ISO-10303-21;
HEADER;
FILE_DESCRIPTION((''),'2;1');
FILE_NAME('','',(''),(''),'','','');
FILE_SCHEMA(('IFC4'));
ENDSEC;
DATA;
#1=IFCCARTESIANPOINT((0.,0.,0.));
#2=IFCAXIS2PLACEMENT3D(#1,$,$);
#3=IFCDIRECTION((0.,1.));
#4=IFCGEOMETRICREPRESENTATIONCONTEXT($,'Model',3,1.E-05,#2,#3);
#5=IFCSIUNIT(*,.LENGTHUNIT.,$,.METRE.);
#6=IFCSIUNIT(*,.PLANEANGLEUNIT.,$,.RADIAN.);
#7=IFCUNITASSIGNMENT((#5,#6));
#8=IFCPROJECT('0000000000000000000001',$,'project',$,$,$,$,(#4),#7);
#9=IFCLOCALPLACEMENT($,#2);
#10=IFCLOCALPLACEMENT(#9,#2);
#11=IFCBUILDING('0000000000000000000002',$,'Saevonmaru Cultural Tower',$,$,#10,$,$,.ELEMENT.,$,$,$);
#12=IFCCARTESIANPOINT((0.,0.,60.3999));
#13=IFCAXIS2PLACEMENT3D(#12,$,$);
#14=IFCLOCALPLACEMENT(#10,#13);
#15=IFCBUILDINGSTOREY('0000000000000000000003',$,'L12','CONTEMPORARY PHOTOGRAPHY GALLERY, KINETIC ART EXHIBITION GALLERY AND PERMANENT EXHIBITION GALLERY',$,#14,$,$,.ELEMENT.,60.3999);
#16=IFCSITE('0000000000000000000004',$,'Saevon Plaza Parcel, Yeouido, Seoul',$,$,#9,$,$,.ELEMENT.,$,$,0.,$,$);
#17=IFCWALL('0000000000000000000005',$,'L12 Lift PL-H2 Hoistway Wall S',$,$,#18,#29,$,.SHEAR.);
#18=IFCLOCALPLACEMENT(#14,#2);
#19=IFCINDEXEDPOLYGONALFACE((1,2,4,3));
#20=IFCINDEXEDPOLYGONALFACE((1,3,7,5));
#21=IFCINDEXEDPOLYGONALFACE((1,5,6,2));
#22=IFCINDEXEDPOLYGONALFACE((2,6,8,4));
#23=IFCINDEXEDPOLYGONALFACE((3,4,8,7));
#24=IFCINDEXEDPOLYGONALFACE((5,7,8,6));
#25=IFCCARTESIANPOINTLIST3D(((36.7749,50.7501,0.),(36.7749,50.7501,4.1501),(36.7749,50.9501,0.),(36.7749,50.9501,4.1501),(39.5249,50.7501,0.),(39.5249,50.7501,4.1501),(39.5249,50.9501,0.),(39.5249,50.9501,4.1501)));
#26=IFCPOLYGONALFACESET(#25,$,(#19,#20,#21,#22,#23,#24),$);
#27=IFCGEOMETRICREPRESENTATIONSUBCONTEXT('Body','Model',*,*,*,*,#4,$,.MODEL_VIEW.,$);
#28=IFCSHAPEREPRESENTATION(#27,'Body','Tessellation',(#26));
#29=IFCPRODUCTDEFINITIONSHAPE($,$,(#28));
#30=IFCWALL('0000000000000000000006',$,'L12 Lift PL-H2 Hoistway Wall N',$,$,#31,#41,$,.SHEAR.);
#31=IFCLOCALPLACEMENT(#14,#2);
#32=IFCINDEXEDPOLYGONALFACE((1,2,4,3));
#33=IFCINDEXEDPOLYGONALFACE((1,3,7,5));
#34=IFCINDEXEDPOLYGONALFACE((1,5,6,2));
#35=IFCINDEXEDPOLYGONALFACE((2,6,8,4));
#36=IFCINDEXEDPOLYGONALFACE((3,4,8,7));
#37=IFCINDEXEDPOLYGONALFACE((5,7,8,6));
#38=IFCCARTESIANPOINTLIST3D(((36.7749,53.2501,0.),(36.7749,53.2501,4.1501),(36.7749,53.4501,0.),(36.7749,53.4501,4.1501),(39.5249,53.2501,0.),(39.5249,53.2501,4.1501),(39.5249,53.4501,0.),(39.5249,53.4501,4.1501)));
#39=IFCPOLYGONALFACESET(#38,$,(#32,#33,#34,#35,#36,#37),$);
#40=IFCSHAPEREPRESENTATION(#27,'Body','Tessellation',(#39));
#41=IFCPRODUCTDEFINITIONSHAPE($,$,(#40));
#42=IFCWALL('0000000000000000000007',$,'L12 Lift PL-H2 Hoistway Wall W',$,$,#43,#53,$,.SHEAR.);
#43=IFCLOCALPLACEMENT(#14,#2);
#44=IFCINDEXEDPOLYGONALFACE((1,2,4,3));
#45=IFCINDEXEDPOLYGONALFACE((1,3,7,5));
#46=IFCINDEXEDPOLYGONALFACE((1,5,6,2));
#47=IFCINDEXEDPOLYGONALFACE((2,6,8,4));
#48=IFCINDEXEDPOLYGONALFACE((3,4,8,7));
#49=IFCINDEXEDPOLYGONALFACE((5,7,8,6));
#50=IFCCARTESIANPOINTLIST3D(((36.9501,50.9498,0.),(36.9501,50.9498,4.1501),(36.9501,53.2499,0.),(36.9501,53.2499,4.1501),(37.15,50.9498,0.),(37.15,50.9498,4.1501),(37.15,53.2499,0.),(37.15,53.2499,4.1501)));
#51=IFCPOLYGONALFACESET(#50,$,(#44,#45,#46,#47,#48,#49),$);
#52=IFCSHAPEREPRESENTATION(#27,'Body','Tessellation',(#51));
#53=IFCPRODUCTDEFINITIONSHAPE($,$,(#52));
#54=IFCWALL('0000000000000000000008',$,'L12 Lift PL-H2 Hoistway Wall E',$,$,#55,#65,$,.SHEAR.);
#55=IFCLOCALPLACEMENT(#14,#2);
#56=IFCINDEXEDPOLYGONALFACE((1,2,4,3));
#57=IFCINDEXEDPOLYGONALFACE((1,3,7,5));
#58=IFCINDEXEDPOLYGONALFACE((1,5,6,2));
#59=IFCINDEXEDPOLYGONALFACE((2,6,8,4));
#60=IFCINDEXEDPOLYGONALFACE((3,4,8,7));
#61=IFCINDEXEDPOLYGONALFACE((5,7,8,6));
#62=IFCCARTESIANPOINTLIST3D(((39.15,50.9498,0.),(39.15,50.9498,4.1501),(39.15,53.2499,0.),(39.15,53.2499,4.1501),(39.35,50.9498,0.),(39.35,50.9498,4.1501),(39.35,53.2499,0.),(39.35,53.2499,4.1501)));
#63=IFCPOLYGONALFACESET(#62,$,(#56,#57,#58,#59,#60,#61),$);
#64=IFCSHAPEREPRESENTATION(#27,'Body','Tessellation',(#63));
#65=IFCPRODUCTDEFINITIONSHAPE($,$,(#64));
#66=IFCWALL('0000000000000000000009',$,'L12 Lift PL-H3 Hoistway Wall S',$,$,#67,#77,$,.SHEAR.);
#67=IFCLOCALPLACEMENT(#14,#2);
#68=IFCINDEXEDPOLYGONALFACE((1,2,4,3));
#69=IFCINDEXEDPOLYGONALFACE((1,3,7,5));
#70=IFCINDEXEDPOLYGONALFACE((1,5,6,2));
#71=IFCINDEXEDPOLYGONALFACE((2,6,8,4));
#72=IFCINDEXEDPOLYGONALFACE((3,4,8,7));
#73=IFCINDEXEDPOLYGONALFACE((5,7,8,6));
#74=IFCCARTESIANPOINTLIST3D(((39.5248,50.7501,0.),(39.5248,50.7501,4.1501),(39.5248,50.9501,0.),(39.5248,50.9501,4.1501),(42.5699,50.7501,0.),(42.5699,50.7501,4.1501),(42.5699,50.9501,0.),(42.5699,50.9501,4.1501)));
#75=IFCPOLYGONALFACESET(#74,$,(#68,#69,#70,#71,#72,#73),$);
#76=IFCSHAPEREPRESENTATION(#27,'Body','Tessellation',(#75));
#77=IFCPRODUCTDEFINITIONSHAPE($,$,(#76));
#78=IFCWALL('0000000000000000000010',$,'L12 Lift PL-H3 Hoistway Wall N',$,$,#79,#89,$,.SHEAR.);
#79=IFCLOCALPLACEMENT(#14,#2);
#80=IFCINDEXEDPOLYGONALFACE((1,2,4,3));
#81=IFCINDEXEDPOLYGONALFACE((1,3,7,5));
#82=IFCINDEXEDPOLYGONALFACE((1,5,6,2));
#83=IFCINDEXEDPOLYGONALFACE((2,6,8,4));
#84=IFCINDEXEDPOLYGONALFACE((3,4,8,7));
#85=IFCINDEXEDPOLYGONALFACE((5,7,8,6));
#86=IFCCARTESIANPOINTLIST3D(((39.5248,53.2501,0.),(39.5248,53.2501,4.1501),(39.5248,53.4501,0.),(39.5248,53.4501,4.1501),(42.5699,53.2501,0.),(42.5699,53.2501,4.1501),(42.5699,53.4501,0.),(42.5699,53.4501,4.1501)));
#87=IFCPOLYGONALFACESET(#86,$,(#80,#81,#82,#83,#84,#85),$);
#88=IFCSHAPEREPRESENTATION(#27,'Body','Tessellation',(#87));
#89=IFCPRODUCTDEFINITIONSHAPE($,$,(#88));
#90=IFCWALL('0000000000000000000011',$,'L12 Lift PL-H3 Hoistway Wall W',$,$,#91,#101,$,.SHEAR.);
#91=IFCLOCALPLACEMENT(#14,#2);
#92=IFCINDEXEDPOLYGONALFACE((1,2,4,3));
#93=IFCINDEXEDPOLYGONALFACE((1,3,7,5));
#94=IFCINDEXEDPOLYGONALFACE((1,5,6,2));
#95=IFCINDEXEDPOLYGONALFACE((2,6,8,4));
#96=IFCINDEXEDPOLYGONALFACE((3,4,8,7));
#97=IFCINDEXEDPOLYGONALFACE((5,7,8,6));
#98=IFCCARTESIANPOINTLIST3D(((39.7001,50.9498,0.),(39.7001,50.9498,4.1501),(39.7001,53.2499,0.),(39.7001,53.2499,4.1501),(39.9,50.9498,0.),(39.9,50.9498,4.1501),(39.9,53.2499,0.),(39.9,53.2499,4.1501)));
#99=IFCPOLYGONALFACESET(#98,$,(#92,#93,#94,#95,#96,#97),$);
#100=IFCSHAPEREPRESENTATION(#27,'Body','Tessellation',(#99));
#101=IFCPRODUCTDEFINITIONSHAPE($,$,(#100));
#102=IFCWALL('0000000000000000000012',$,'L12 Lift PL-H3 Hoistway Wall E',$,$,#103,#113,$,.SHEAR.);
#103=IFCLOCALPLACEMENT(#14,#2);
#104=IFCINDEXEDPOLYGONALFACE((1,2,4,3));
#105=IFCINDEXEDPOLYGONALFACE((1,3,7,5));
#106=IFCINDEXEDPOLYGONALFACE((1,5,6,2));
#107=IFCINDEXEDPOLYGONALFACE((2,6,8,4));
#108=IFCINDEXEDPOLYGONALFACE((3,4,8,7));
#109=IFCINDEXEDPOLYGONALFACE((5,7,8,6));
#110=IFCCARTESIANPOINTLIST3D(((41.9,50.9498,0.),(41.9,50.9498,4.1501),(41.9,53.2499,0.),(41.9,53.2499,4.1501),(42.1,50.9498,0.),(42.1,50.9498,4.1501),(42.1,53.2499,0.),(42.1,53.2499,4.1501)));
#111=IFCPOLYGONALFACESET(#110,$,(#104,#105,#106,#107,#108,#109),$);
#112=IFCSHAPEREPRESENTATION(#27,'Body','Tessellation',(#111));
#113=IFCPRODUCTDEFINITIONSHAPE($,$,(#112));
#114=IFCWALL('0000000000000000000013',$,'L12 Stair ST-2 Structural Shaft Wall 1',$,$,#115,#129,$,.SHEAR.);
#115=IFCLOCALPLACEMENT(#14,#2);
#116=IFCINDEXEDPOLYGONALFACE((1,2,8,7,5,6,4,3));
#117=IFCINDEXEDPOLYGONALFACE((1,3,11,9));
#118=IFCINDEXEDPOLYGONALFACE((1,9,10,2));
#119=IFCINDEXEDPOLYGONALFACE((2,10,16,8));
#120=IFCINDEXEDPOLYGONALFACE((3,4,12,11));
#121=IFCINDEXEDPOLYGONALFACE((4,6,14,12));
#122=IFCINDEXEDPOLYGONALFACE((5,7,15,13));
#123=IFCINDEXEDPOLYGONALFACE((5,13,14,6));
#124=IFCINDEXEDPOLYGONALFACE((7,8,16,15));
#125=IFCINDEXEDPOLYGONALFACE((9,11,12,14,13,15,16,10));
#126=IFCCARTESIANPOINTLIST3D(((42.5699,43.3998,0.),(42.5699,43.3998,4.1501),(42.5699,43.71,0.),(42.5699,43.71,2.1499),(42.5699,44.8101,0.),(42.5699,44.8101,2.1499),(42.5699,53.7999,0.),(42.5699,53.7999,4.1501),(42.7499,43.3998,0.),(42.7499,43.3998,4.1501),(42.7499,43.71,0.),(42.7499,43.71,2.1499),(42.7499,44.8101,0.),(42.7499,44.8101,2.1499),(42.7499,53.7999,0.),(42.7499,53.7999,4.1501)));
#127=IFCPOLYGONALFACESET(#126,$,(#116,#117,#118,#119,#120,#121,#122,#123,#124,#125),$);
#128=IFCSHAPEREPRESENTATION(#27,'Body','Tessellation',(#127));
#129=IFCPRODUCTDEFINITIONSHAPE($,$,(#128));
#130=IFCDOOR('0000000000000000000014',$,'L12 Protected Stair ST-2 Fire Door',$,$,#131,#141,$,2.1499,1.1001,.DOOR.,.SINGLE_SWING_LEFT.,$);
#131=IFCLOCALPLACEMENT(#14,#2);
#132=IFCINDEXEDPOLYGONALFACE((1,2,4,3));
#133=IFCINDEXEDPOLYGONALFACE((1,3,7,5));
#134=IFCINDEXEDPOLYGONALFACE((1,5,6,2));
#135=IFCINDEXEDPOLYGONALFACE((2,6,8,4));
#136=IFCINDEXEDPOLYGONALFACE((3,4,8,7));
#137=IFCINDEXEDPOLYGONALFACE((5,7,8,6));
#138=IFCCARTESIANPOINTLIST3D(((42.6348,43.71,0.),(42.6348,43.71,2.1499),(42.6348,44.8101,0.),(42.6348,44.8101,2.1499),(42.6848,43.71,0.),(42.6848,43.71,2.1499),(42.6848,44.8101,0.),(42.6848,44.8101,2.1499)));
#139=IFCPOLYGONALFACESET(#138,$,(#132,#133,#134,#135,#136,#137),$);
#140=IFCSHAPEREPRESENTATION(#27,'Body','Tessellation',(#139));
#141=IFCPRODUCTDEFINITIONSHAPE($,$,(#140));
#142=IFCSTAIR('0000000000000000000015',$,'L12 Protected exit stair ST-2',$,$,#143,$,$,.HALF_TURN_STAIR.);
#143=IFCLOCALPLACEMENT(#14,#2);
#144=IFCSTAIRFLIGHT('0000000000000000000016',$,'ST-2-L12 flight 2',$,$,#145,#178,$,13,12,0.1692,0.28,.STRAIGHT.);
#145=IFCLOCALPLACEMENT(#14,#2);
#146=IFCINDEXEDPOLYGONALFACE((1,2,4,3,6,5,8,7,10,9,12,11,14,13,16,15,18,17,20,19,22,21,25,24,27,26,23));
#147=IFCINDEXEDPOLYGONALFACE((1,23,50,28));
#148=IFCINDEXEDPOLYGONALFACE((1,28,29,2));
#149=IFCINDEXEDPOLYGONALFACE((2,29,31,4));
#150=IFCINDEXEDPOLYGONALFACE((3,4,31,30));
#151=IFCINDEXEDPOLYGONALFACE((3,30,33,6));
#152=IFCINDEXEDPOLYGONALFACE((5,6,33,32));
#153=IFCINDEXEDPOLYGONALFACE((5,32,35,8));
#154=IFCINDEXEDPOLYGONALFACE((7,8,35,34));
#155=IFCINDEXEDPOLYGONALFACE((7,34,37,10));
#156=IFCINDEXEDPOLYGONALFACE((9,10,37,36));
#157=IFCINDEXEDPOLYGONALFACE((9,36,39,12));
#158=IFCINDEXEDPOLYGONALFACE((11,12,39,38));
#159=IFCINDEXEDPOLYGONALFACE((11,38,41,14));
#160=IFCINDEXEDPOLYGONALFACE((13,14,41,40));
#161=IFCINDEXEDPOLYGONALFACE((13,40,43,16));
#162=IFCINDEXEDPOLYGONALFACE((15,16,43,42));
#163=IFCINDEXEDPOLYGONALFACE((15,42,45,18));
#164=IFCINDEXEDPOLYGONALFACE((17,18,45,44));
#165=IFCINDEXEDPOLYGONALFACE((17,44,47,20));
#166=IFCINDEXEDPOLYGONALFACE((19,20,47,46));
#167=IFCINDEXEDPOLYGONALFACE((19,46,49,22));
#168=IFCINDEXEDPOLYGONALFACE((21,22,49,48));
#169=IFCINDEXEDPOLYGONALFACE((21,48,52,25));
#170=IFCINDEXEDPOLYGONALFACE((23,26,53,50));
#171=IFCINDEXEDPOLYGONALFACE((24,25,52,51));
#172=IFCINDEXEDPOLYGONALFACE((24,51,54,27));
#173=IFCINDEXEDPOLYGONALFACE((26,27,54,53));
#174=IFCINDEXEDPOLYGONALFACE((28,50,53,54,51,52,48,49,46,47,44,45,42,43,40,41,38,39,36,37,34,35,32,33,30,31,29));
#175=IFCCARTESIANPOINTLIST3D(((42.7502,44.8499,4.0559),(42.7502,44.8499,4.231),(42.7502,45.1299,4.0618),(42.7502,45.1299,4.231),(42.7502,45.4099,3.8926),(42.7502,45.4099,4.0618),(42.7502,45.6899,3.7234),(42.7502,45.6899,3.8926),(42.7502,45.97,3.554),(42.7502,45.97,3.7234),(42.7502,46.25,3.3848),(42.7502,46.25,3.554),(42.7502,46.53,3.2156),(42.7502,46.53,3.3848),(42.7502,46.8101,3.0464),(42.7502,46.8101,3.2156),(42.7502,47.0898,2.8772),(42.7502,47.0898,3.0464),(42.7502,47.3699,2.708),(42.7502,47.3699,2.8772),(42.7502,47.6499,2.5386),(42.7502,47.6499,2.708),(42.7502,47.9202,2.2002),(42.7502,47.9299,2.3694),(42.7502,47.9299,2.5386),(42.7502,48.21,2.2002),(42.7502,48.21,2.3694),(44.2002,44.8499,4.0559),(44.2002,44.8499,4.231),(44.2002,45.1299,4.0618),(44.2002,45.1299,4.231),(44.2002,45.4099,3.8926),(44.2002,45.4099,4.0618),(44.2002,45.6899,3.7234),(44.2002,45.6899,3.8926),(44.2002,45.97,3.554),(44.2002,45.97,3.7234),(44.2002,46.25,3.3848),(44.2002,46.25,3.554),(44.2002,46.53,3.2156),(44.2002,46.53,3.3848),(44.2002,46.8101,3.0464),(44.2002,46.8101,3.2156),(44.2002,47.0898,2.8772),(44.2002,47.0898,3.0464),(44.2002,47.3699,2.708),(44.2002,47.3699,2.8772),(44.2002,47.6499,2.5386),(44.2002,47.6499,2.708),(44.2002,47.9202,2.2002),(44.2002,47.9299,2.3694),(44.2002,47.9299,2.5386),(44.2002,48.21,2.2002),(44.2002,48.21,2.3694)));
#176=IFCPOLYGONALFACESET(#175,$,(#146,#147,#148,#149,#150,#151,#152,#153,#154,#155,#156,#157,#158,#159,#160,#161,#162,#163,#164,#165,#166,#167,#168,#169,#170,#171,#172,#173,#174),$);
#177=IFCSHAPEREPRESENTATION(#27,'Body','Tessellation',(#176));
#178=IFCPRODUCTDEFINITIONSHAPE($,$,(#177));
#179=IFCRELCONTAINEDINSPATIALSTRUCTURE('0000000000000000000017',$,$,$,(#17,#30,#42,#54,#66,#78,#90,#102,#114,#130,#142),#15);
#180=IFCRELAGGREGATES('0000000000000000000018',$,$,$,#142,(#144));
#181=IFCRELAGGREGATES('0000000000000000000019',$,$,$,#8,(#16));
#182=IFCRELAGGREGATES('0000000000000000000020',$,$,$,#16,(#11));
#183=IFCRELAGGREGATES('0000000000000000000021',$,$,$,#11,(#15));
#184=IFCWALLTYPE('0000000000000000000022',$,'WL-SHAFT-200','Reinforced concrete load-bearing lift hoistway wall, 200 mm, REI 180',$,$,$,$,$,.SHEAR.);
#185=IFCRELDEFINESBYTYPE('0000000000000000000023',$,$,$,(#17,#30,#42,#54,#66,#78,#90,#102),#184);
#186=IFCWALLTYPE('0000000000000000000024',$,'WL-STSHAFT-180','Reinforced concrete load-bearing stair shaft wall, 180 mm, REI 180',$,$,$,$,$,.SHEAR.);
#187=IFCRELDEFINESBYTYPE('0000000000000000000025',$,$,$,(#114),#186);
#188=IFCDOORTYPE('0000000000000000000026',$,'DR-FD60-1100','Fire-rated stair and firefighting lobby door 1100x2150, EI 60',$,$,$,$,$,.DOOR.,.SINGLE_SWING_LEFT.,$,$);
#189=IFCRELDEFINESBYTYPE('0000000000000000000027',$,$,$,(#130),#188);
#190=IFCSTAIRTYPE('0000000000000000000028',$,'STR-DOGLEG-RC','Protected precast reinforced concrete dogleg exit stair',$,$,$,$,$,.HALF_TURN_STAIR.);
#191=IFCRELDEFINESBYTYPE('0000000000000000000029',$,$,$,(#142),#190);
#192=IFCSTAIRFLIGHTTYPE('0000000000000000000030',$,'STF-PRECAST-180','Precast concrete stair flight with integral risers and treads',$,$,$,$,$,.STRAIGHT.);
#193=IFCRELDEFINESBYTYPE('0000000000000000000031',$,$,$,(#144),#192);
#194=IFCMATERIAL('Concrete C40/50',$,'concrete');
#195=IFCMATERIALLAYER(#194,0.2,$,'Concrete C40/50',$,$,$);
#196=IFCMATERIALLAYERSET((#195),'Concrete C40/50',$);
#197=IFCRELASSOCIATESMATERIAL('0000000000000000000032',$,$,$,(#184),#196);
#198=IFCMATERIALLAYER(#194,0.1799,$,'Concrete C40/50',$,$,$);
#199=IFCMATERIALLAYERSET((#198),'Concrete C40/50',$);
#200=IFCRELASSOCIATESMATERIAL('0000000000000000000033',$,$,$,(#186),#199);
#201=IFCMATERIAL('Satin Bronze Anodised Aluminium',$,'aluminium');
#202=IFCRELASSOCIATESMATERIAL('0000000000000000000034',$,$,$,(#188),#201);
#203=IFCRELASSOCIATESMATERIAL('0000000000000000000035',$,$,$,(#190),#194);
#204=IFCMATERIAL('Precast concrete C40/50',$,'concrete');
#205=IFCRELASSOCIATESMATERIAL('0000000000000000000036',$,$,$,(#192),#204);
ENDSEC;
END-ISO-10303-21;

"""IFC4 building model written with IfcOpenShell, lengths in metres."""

from ifc_helpers import new_model, si_unit, direction, frame, frame_2d, origin, place, context, subcontext, project, spatial, polyline, rectangle, outline, extrude, material, layer, layer_set, type_object, element, fill, aggregate, save


model = new_model("IFC4")

# Units and contexts
model_context = context("Model", 3, precision=1e-05, world=origin(), true_north=direction((0.0, 1.0)))
body_context = subcontext(model_context, "Body", "Model", "MODEL_VIEW")
ifc_project = project(units=[si_unit("LENGTHUNIT", "METRE"), si_unit("PLANEANGLEUNIT", "RADIAN")], contexts=[model_context])

# Site, building, storey
site_placement = place(None, origin())
site = spatial("IfcSite", under=ifc_project, at=site_placement, Name="Saevon Plaza Parcel, Yeouido, Seoul", CompositionType="ELEMENT", RefElevation=0.0)
building_placement = place(site_placement, origin())
building = spatial("IfcBuilding", under=site, at=building_placement, Name="Saevonmaru Cultural Tower", CompositionType="ELEMENT")
storey_placement = place(building_placement, frame((0.0, 0.0, 60.3999)))
storey = spatial("IfcBuildingStorey", under=building, at=storey_placement, Name="L12", Description="CONTEMPORARY PHOTOGRAPHY GALLERY, KINETIC ART EXHIBITION GALLERY AND PERMANENT EXHIBITION GALLERY", CompositionType="ELEMENT", Elevation=60.3999)

# Shared definitions
ifc_material_1 = material(Name="Satin Bronze Anodised Aluminium", Category="aluminium")

# Shared definitions
ifc_material_2 = material(Name="Concrete C40/50", Category="concrete")
ifc_layer_1 = layer(ifc_material_2, 0.2, Name="Concrete C40/50")
ifc_layer_set_1 = layer_set([ifc_layer_1], Name="Concrete C40/50")
wall_type_1 = type_object("IfcWallType", Name="WL-SHAFT-200", Description="Reinforced concrete load-bearing lift hoistway wall, 200 mm, REI 180", PredefinedType="SHEAR", material=ifc_layer_set_1)

# Walls
for number, where, z_axis, x_axis, name in (
    (1, (36.7749, 50.8501, 0.0), (0.0, 0.0, 1.0), (1.0, 0.0, 0.0), "L12 Lift PL-H2 Hoistway Wall S"),
    (2, (36.7749, 53.3501, 0.0), (0.0, 0.0, 1.0), (1.0, 0.0, 0.0), "L12 Lift PL-H2 Hoistway Wall N"),
):
    element("IfcWall", number, at=place(storey_placement, frame(where, z_axis=z_axis, x_axis=x_axis)), inside=storey, type_object=wall_type_1, Name=name, PredefinedType="SHEAR", context=body_context, shape_type="SweptSolid", body=[
        extrude(rectangle(XDim=2.75, YDim=0.2, at=frame_2d((1.375, 0.0))), origin(), (0.0, 0.0, 1.0), 4.1501),
    ])
for number, where, z_axis, x_axis, name in (
    (3, (37.05, 50.95, 0.0), (0.0, 0.0, 1.0), (0.0, 1.0, 0.0), "L12 Lift PL-H2 Hoistway Wall W"),
    (4, (39.25, 50.95, 0.0), (0.0, 0.0, 1.0), (0.0, 1.0, 0.0), "L12 Lift PL-H2 Hoistway Wall E"),
):
    element("IfcWall", number, at=place(storey_placement, frame(where, z_axis=z_axis, x_axis=x_axis)), inside=storey, type_object=wall_type_1, Name=name, PredefinedType="SHEAR", context=body_context, shape_type="SweptSolid", body=[
        extrude(rectangle(XDim=2.3, YDim=0.2, at=frame_2d((1.1499, 0.0))), origin(), (0.0, 0.0, 1.0), 4.1501),
    ])
for number, where, z_axis, x_axis, name in (
    (5, (39.5249, 50.8501, 0.0), (0.0, 0.0, 1.0), (1.0, 0.0, 0.0), "L12 Lift PL-H3 Hoistway Wall S"),
    (6, (39.5249, 53.3501, 0.0), (0.0, 0.0, 1.0), (1.0, 0.0, 0.0), "L12 Lift PL-H3 Hoistway Wall N"),
):
    element("IfcWall", number, at=place(storey_placement, frame(where, z_axis=z_axis, x_axis=x_axis)), inside=storey, type_object=wall_type_1, Name=name, PredefinedType="SHEAR", context=body_context, shape_type="SweptSolid", body=[
        extrude(rectangle(XDim=3.0452, YDim=0.2, at=frame_2d((1.5225, 0.0))), origin(), (0.0, 0.0, 1.0), 4.1501),
    ])
for number, where, z_axis, x_axis, name in (
    (7, (39.8, 50.95, 0.0), (0.0, 0.0, 1.0), (0.0, 1.0, 0.0), "L12 Lift PL-H3 Hoistway Wall W"),
    (8, (42.0, 50.95, 0.0), (0.0, 0.0, 1.0), (0.0, 1.0, 0.0), "L12 Lift PL-H3 Hoistway Wall E"),
):
    element("IfcWall", number, at=place(storey_placement, frame(where, z_axis=z_axis, x_axis=x_axis)), inside=storey, type_object=wall_type_1, Name=name, PredefinedType="SHEAR", context=body_context, shape_type="SweptSolid", body=[
        extrude(rectangle(XDim=2.3, YDim=0.2, at=frame_2d((1.1499, 0.0))), origin(), (0.0, 0.0, 1.0), 4.1501),
    ])

# Wall, opening, door
ifc_layer_2 = layer(ifc_material_2, 0.1799, Name="Concrete C40/50")
ifc_layer_set_2 = layer_set([ifc_layer_2], Name="Concrete C40/50")
wall_type_2 = type_object("IfcWallType", Name="WL-STSHAFT-180", Description="Reinforced concrete load-bearing stair shaft wall, 180 mm, REI 180", PredefinedType="SHEAR", material=ifc_layer_set_2)
wall_1_placement = place(storey_placement, frame((42.6599, 53.8, 0.0), z_axis=(0.0, 0.0, 1.0), x_axis=(0.0, -1.0, 0.0)))
wall_1 = element("IfcWall", 9, at=wall_1_placement, inside=storey, type_object=wall_type_2, Name="L12 Stair ST-2 Structural Shaft Wall 1", PredefinedType="SHEAR", context=body_context, shape_type="SweptSolid", body=[
    extrude(rectangle(XDim=10.4001, YDim=0.1799, at=frame_2d((5.2002, 0.0))), origin(), (0.0, 0.0, 1.0), 4.1501),
])
opening_1_placement = place(wall_1_placement, frame((8.99, 0.0, 0.0)))
opening_1 = element("IfcOpeningElement", 10, at=opening_1_placement, cuts=wall_1, PredefinedType="OPENING", context=body_context, shape_type="SweptSolid", body=[
    extrude(rectangle(XDim=1.1001, YDim=2.1499, at=frame_2d((0.55, 1.075))), frame((0.0, 0.1001, 0.0), z_axis=(0.0, -1.0, 0.0), x_axis=(1.0, 0.0, 0.0)), (0.0, 0.0, 1.0), 0.2),
])
door_type_1 = type_object("IfcDoorType", Name="DR-FD60-1100", Description="Fire-rated stair and firefighting lobby door 1100x2150, EI 60", OperationType="SINGLE_SWING_LEFT", PredefinedType="DOOR", material=ifc_material_1)
door_1_placement = place(opening_1_placement, origin())
door_1 = element("IfcDoor", 11, at=door_1_placement, inside=storey, type_object=door_type_1, Name="L12 Protected Stair ST-2 Fire Door", OperationType="SINGLE_SWING_LEFT", OverallHeight=2.1499, OverallWidth=1.1001, PredefinedType="DOOR", context=body_context, shape_type="SweptSolid", body=[
    extrude(rectangle(XDim=1.1001, YDim=2.1499, at=frame_2d((0.55, 1.075))), frame((0.0, 0.0249, 0.0), z_axis=(0.0, -1.0, 0.0), x_axis=(1.0, 0.0, 0.0)), (0.0, 0.0, 1.0), 0.05),
])
fill(opening_1, door_1)

# Stair, stair flight
stair_type = type_object("IfcStairType", Name="STR-DOGLEG-RC", Description="Protected precast reinforced concrete dogleg exit stair", PredefinedType="HALF_TURN_STAIR", material=ifc_material_2)
stair_placement = place(storey_placement, origin())
stair = element("IfcStair", 12, at=stair_placement, inside=storey, type_object=stair_type, Name="L12 Protected exit stair ST-2", PredefinedType="HALF_TURN_STAIR")
ifc_material_3 = material(Name="Precast concrete C40/50", Category="concrete")
stair_flight_type = type_object("IfcStairFlightType", Name="STF-PRECAST-180", Description="Precast concrete stair flight with integral risers and treads", PredefinedType="STRAIGHT", material=ifc_material_3)
stair_flight_placement = place(storey_placement, frame((43.4751, 48.21, 2.2002), z_axis=(0.0, 0.0, 1.0), x_axis=(0.0, -1.0, 0.0)))
stair_flight = element("IfcStairFlight", 13, at=stair_flight_placement, type_object=stair_flight_type, Name="ST-2-L12 flight 2", NumberOfRisers=13, NumberOfTreads=12, PredefinedType="STRAIGHT", RiserHeight=0.1692, TreadLength=0.28, context=body_context, shape_type="SweptSolid", body=[
    extrude(outline(polyline([(0.0, 0.0), (0.0, 0.1692), (0.28, 0.1692), (0.28, 0.3384), (0.5601, 0.3384), (0.5601, 0.5078), (0.8401, 0.5078), (0.8401, 0.677), (1.1201, 0.677), (1.1201, 0.8462), (1.3999, 0.8462), (1.3999, 1.0154), (1.6799, 1.0154), (1.6799, 1.1846), (1.96, 1.1846), (1.96, 1.3538), (2.24, 1.3538), (2.24, 1.5232), (2.52, 1.5232), (2.52, 1.6924), (2.8, 1.6924), (2.8, 1.8616), (3.0801, 1.8616), (3.0801, 2.0308), (3.3601, 2.0308), (3.3601, 2.2), (3.3601, 1.8557), (0.2898, 0.0), (0.0, 0.0)])), frame((0.0, 0.7251, 0.0), z_axis=(0.0, -1.0, 0.0), x_axis=(1.0, 0.0, 0.0)), (0.0, 0.0, 1.0), 1.45),
])
aggregate(stair, [stair_flight])

save(model, "model.ifc")
